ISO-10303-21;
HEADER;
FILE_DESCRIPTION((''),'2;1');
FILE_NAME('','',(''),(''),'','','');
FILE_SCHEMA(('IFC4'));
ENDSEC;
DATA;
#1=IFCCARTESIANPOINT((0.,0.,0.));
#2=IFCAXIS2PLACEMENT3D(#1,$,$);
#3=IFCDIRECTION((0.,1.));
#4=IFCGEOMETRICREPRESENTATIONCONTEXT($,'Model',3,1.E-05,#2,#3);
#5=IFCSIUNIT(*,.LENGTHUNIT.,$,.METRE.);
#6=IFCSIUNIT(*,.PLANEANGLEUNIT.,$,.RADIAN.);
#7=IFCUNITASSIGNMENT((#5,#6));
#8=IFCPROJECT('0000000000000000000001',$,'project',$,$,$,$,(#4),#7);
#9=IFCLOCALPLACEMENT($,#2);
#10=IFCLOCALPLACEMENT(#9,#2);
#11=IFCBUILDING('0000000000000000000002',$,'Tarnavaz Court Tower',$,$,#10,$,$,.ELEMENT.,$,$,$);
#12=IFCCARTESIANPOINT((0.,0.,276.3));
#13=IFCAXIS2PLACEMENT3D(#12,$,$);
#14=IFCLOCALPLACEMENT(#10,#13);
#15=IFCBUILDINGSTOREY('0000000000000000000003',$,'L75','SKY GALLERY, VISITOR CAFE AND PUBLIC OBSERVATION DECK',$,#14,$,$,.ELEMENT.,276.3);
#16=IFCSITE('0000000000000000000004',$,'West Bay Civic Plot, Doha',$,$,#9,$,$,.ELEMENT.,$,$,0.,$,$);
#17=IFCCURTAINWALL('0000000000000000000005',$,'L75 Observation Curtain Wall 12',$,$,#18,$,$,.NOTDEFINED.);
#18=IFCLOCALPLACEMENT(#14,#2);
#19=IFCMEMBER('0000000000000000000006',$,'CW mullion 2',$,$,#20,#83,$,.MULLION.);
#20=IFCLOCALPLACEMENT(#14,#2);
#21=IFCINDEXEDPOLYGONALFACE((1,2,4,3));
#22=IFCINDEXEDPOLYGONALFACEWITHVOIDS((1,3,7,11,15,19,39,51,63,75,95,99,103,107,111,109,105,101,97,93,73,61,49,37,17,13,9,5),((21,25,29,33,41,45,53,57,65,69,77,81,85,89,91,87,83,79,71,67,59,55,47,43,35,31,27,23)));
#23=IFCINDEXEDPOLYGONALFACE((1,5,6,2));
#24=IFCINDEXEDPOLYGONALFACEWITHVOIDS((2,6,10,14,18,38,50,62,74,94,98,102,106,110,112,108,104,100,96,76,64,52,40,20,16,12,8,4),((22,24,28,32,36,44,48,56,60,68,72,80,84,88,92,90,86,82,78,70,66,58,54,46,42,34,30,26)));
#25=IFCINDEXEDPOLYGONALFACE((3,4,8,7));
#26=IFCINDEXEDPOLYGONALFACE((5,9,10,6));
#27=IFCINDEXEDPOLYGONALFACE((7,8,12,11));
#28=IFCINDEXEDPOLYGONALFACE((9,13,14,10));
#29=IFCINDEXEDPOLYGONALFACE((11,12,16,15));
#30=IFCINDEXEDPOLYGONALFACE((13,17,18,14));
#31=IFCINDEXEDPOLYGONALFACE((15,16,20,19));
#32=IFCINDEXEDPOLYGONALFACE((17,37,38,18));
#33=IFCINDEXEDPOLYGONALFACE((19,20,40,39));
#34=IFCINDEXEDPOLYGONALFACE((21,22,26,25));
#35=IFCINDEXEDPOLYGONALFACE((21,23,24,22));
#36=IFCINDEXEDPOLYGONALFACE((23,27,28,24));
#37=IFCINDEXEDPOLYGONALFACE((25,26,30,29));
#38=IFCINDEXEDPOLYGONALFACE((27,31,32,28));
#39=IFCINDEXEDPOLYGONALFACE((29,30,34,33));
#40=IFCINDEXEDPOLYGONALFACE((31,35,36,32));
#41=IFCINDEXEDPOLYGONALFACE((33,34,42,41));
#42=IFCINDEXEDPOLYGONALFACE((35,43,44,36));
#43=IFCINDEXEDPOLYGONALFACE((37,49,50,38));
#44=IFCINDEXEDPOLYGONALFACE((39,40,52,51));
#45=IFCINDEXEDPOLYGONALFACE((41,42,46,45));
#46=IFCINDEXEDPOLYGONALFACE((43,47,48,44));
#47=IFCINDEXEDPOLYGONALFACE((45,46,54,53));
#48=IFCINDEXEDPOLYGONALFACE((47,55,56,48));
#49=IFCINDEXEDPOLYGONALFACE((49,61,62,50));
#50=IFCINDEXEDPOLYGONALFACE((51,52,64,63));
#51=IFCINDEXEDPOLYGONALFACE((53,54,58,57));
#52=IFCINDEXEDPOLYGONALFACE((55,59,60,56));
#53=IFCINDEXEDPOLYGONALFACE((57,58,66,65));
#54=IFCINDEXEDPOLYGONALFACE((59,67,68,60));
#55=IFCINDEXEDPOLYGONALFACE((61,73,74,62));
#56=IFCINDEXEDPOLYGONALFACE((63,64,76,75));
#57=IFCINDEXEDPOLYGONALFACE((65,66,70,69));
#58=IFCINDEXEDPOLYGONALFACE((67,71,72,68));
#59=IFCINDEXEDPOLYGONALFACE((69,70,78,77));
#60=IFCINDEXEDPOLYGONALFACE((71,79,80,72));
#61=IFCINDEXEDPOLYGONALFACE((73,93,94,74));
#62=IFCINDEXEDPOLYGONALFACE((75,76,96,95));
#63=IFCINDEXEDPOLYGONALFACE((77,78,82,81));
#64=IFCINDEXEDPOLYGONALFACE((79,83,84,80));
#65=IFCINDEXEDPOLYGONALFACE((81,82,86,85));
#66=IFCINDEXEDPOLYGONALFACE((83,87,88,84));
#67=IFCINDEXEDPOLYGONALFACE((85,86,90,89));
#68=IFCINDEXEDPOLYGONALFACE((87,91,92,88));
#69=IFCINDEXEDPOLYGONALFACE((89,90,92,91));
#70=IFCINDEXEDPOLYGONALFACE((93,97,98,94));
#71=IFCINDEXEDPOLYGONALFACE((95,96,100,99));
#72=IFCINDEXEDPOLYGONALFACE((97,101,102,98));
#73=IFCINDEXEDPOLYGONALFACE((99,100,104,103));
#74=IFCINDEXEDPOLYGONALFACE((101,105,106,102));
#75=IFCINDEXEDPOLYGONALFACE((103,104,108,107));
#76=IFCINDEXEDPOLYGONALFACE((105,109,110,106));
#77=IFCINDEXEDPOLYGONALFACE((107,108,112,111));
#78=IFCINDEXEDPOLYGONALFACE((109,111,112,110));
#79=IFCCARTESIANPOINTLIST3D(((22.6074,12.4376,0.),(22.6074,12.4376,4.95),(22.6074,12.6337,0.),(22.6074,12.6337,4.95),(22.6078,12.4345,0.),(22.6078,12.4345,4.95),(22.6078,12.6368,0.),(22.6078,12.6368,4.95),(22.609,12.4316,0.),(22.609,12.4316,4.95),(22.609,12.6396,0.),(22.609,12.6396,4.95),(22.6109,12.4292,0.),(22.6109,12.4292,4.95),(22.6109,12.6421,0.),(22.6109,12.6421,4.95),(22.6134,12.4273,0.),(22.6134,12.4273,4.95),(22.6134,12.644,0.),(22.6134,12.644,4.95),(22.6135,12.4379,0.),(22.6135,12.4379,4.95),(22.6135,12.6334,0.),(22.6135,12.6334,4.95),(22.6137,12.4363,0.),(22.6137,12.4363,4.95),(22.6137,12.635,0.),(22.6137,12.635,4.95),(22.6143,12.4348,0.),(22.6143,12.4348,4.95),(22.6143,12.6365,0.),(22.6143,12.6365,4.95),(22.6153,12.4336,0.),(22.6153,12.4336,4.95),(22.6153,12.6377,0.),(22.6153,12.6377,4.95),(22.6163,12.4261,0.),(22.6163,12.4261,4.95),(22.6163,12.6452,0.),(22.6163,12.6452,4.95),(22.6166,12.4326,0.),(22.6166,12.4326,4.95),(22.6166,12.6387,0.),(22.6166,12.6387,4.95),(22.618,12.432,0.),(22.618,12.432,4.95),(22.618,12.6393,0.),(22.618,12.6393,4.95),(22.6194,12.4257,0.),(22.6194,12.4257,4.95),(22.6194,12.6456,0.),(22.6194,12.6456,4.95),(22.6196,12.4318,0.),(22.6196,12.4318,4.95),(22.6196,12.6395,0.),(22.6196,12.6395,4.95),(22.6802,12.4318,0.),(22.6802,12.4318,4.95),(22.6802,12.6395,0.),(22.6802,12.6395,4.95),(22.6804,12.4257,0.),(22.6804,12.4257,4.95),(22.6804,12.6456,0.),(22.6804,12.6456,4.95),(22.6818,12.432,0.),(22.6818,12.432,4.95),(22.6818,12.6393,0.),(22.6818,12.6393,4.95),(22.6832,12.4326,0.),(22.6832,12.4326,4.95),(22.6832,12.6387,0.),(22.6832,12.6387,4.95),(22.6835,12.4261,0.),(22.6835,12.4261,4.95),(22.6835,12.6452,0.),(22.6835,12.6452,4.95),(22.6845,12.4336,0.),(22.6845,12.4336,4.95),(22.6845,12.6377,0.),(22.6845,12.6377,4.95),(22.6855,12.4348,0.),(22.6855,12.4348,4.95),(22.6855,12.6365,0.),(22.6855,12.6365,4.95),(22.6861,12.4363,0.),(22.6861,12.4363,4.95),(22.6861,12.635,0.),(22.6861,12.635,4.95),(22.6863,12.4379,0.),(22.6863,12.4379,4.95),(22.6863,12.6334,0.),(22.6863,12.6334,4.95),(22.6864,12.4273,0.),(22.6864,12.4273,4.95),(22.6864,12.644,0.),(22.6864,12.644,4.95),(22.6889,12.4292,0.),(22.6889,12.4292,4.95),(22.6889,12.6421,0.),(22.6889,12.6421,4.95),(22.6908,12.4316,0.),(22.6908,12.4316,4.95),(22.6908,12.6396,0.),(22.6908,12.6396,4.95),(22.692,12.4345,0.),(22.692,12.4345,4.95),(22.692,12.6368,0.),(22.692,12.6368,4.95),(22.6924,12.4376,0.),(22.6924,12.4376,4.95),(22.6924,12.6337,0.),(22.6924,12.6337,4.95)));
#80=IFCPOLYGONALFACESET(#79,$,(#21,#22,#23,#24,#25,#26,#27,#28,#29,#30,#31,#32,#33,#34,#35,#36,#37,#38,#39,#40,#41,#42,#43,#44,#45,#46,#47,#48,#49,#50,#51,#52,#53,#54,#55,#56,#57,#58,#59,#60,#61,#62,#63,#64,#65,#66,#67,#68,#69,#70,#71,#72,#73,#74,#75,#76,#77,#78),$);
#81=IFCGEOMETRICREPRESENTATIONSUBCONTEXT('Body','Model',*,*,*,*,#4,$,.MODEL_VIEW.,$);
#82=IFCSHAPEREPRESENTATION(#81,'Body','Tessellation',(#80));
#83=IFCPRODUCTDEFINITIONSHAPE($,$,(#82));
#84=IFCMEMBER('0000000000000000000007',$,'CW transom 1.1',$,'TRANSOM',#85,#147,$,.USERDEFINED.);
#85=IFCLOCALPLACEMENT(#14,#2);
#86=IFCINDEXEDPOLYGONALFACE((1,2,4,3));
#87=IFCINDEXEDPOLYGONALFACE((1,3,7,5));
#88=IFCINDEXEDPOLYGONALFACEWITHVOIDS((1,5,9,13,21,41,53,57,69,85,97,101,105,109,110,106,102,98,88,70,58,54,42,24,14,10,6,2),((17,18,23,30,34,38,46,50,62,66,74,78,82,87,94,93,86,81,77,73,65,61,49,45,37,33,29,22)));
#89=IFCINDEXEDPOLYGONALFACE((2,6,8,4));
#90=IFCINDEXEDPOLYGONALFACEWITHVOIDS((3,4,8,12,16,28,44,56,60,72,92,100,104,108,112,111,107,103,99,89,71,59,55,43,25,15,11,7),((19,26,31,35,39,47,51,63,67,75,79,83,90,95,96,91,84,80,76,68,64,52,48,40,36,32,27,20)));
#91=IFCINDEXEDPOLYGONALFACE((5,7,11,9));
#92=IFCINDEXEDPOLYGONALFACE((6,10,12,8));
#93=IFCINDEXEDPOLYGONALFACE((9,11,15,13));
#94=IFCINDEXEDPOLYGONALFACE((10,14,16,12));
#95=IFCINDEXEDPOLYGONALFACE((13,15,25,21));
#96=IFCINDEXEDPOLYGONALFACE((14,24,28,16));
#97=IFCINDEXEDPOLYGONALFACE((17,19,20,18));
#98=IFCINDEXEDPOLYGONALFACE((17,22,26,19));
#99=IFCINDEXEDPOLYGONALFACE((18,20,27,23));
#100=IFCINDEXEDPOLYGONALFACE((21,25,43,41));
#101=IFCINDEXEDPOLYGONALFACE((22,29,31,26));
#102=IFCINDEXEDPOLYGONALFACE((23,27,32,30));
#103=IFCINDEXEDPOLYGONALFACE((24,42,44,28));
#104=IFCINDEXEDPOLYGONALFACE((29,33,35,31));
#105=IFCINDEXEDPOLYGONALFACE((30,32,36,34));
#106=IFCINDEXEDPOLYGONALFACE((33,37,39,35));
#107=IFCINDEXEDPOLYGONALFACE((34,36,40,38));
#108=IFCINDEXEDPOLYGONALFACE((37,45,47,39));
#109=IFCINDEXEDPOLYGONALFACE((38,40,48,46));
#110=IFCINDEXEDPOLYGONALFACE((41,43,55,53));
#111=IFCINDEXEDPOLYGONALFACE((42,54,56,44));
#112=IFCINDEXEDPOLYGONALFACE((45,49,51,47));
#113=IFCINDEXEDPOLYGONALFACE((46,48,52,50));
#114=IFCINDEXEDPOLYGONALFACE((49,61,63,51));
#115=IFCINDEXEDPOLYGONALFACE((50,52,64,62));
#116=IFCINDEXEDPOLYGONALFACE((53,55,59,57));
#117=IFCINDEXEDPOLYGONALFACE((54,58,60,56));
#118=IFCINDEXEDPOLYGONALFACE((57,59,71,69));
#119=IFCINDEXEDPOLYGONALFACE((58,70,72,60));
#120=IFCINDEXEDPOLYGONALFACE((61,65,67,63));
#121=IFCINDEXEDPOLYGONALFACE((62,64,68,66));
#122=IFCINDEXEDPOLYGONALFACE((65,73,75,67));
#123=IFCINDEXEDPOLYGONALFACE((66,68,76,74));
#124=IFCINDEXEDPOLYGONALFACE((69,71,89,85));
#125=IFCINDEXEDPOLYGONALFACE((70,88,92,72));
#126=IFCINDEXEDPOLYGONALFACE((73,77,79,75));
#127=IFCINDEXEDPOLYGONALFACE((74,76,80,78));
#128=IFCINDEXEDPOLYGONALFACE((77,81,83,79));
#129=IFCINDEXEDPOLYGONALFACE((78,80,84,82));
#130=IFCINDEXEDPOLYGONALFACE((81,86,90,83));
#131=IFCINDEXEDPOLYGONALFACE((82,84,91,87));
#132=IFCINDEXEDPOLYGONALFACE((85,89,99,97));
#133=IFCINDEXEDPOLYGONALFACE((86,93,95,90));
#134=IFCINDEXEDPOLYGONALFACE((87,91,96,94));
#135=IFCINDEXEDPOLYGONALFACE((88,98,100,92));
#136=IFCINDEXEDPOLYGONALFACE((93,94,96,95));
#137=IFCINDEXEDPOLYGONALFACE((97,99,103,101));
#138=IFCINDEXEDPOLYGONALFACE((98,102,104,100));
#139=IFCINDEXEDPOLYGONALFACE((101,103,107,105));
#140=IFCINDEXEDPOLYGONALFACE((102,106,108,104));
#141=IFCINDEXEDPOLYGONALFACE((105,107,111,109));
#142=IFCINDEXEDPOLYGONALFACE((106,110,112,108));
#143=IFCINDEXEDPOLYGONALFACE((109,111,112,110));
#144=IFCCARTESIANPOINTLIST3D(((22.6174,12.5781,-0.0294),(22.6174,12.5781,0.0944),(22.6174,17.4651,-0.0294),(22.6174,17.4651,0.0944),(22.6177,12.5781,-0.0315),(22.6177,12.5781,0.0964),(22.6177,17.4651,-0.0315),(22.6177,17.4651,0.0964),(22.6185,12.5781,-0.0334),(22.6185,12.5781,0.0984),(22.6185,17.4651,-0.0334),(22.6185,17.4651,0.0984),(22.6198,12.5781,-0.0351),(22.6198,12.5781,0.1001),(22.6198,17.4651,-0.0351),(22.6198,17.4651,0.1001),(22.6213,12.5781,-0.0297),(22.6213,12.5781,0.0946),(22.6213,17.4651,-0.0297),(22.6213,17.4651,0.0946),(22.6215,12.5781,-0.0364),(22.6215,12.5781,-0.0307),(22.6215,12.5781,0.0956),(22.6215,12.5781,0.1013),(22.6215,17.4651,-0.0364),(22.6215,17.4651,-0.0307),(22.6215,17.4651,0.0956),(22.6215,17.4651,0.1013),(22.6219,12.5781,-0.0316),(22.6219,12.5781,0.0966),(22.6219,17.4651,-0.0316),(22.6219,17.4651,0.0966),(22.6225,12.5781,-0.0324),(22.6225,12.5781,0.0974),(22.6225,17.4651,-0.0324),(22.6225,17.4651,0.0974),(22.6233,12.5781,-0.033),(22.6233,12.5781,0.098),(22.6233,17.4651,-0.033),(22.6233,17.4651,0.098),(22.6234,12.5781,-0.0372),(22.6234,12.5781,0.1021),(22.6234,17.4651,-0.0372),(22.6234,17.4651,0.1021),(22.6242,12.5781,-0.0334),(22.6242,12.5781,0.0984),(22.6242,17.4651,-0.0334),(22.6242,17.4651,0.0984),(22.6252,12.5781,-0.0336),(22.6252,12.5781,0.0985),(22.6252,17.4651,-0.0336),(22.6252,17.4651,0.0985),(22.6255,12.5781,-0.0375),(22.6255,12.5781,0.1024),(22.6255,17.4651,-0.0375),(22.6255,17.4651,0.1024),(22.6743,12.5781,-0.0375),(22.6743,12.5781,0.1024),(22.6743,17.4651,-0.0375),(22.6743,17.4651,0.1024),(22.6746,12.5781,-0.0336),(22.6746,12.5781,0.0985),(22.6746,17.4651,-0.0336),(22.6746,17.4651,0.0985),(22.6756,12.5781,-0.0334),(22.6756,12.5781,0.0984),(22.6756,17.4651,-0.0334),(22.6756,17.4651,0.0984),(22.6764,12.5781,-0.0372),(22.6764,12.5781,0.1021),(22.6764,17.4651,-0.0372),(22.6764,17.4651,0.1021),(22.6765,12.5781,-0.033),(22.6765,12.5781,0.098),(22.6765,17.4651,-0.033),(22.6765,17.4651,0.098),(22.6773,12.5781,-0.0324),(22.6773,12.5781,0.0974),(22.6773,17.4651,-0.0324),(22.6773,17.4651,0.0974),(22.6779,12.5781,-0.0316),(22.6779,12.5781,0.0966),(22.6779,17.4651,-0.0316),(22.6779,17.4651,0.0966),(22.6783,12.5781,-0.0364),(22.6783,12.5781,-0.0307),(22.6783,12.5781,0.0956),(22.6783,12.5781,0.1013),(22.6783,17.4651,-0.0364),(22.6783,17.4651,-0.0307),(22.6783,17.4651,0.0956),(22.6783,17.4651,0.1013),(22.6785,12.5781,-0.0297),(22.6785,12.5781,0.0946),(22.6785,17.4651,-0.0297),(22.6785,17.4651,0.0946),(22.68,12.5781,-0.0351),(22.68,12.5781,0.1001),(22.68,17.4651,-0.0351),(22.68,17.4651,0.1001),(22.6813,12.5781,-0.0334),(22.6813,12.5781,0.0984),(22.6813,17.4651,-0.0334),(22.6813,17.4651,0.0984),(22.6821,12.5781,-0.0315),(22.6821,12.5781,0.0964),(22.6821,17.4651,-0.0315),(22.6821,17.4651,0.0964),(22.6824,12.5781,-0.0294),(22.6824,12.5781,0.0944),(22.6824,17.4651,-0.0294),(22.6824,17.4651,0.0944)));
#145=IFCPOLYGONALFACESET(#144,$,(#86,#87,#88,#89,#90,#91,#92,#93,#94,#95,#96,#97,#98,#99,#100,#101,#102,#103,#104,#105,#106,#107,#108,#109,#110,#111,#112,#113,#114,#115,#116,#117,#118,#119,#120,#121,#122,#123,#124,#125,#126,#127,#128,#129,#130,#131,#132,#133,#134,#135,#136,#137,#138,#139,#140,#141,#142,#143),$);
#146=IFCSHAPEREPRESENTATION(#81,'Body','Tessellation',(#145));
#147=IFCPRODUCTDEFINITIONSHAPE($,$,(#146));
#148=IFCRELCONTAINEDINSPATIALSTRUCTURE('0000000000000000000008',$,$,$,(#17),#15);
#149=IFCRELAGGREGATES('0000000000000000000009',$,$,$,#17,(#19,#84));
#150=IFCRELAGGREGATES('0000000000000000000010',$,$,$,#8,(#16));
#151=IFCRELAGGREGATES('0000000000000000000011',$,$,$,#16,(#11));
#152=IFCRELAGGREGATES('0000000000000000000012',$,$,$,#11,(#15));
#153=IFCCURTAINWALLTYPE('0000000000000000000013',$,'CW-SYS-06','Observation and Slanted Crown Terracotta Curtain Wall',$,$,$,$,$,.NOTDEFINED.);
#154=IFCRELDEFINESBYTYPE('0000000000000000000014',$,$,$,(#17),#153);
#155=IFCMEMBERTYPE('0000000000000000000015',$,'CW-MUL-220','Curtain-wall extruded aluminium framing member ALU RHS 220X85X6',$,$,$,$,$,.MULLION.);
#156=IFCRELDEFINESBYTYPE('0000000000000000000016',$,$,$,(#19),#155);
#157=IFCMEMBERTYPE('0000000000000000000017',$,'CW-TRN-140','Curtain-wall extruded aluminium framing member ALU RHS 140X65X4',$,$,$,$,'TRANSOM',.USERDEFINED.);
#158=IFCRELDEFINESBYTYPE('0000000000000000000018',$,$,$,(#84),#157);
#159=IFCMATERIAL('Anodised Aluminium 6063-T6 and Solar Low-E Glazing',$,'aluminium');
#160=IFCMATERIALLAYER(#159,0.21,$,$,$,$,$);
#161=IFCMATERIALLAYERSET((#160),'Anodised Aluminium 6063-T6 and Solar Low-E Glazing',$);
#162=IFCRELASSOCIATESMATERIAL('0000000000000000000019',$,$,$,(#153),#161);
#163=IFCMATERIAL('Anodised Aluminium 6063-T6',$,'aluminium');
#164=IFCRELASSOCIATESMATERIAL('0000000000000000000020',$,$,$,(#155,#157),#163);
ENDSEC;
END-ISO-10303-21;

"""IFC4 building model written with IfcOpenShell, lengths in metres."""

from ifc_helpers import new_model, si_unit, direction, frame, origin, origin_2d, place, context, subcontext, project, spatial, hollow_rectangle, extrude, material, layer, layer_set, material_profile, profile_set, type_object, element, aggregate, save


model = new_model("IFC4")

# Units and contexts
model_context = context("Model", 3, precision=1e-05, world=origin(), true_north=direction((0.0, 1.0)))
body_context = subcontext(model_context, "Body", "Model", "MODEL_VIEW")
ifc_project = project(units=[si_unit("LENGTHUNIT", "METRE"), si_unit("PLANEANGLEUNIT", "RADIAN")], contexts=[model_context])

# Site, building, storey
site_placement = place(None, origin())
site = spatial("IfcSite", under=ifc_project, at=site_placement, Name="West Bay Civic Plot, Doha", CompositionType="ELEMENT", RefElevation=0.0)
building_placement = place(site_placement, origin())
building = spatial("IfcBuilding", under=site, at=building_placement, Name="Tarnavaz Court Tower", CompositionType="ELEMENT")
storey_placement = place(building_placement, frame((0.0, 0.0, 276.3)))
storey = spatial("IfcBuildingStorey", under=building, at=storey_placement, Name="L75", Description="SKY GALLERY, VISITOR CAFE AND PUBLIC OBSERVATION DECK", CompositionType="ELEMENT", Elevation=276.3)

# Curtain wall, members
ifc_material_1 = material(Name="Anodised Aluminium 6063-T6 and Solar Low-E Glazing", Category="aluminium")
ifc_layer_1 = layer(ifc_material_1, 0.21)
ifc_layer_set_1 = layer_set([ifc_layer_1], Name="Anodised Aluminium 6063-T6 and Solar Low-E Glazing")
curtain_wall_type = type_object("IfcCurtainWallType", Name="CW-SYS-06", Description="Observation and Slanted Crown Terracotta Curtain Wall", PredefinedType="NOTDEFINED", material=ifc_layer_set_1)
curtain_wall_placement = place(storey_placement, origin())
curtain_wall = element("IfcCurtainWall", 1, at=curtain_wall_placement, inside=storey, type_object=curtain_wall_type, Name="L75 Observation Curtain Wall 12", PredefinedType="NOTDEFINED")
ifc_material_2 = material(Name="Anodised Aluminium 6063-T6", Category="aluminium")
ifc_material_profile_1 = material_profile(ifc_material_2, hollow_rectangle(XDim=0.085, YDim=0.22, WallThickness=0.0061, InnerFilletRadius=0.0061, OuterFilletRadius=0.012, at=origin_2d()), Name="ALU RHS 220X85X6")
ifc_profile_set_1 = profile_set([ifc_material_profile_1], Name="Anodised Aluminium 6063-T6")
member_type_1 = type_object("IfcMemberType", Name="CW-MUL-220", Description="Curtain-wall extruded aluminium framing member ALU RHS 220X85X6", PredefinedType="MULLION", material=ifc_profile_set_1)
member_1_placement = place(storey_placement, frame((22.6499, 12.5356, 0.0), z_axis=(0.0, 0.0, 1.0), x_axis=(1.0, 0.0, 0.0)))
member_1 = element("IfcMember", 2, at=member_1_placement, type_object=member_type_1, Name="CW mullion 2", PredefinedType="MULLION", context=body_context, shape_type="SweptSolid", body=[
    extrude(hollow_rectangle(XDim=0.085, YDim=0.22, WallThickness=0.0061, InnerFilletRadius=0.0061, OuterFilletRadius=0.012, at=origin_2d()), origin(), (0.0, 0.0, 1.0), 4.95),
])
ifc_material_profile_2 = material_profile(ifc_material_2, hollow_rectangle(XDim=0.0649, YDim=0.1399, WallThickness=0.0039, InnerFilletRadius=0.0039, OuterFilletRadius=0.0081, at=origin_2d()), Name="ALU RHS 140X65X4")
ifc_profile_set_2 = profile_set([ifc_material_profile_2], Name="Anodised Aluminium 6063-T6")
member_type_2 = type_object("IfcMemberType", Name="CW-TRN-140", Description="Curtain-wall extruded aluminium framing member ALU RHS 140X65X4", ElementType="TRANSOM", PredefinedType="USERDEFINED", material=ifc_profile_set_2)
member_2_placement = place(storey_placement, frame((22.6499, 17.4651, 0.0325), z_axis=(0.0, -1.0, 0.0), x_axis=(1.0, 0.0, 0.0)))
member_2 = element("IfcMember", 3, at=member_2_placement, type_object=member_type_2, Name="CW transom 1.1", ObjectType="TRANSOM", PredefinedType="USERDEFINED", context=body_context, shape_type="SweptSolid", body=[
    extrude(hollow_rectangle(XDim=0.0649, YDim=0.1399, WallThickness=0.0039, InnerFilletRadius=0.0039, OuterFilletRadius=0.0081, at=origin_2d()), origin(), (0.0, 0.0, 1.0), 4.887),
])
aggregate(curtain_wall, [member_1, member_2])

save(model, "model.ifc")
